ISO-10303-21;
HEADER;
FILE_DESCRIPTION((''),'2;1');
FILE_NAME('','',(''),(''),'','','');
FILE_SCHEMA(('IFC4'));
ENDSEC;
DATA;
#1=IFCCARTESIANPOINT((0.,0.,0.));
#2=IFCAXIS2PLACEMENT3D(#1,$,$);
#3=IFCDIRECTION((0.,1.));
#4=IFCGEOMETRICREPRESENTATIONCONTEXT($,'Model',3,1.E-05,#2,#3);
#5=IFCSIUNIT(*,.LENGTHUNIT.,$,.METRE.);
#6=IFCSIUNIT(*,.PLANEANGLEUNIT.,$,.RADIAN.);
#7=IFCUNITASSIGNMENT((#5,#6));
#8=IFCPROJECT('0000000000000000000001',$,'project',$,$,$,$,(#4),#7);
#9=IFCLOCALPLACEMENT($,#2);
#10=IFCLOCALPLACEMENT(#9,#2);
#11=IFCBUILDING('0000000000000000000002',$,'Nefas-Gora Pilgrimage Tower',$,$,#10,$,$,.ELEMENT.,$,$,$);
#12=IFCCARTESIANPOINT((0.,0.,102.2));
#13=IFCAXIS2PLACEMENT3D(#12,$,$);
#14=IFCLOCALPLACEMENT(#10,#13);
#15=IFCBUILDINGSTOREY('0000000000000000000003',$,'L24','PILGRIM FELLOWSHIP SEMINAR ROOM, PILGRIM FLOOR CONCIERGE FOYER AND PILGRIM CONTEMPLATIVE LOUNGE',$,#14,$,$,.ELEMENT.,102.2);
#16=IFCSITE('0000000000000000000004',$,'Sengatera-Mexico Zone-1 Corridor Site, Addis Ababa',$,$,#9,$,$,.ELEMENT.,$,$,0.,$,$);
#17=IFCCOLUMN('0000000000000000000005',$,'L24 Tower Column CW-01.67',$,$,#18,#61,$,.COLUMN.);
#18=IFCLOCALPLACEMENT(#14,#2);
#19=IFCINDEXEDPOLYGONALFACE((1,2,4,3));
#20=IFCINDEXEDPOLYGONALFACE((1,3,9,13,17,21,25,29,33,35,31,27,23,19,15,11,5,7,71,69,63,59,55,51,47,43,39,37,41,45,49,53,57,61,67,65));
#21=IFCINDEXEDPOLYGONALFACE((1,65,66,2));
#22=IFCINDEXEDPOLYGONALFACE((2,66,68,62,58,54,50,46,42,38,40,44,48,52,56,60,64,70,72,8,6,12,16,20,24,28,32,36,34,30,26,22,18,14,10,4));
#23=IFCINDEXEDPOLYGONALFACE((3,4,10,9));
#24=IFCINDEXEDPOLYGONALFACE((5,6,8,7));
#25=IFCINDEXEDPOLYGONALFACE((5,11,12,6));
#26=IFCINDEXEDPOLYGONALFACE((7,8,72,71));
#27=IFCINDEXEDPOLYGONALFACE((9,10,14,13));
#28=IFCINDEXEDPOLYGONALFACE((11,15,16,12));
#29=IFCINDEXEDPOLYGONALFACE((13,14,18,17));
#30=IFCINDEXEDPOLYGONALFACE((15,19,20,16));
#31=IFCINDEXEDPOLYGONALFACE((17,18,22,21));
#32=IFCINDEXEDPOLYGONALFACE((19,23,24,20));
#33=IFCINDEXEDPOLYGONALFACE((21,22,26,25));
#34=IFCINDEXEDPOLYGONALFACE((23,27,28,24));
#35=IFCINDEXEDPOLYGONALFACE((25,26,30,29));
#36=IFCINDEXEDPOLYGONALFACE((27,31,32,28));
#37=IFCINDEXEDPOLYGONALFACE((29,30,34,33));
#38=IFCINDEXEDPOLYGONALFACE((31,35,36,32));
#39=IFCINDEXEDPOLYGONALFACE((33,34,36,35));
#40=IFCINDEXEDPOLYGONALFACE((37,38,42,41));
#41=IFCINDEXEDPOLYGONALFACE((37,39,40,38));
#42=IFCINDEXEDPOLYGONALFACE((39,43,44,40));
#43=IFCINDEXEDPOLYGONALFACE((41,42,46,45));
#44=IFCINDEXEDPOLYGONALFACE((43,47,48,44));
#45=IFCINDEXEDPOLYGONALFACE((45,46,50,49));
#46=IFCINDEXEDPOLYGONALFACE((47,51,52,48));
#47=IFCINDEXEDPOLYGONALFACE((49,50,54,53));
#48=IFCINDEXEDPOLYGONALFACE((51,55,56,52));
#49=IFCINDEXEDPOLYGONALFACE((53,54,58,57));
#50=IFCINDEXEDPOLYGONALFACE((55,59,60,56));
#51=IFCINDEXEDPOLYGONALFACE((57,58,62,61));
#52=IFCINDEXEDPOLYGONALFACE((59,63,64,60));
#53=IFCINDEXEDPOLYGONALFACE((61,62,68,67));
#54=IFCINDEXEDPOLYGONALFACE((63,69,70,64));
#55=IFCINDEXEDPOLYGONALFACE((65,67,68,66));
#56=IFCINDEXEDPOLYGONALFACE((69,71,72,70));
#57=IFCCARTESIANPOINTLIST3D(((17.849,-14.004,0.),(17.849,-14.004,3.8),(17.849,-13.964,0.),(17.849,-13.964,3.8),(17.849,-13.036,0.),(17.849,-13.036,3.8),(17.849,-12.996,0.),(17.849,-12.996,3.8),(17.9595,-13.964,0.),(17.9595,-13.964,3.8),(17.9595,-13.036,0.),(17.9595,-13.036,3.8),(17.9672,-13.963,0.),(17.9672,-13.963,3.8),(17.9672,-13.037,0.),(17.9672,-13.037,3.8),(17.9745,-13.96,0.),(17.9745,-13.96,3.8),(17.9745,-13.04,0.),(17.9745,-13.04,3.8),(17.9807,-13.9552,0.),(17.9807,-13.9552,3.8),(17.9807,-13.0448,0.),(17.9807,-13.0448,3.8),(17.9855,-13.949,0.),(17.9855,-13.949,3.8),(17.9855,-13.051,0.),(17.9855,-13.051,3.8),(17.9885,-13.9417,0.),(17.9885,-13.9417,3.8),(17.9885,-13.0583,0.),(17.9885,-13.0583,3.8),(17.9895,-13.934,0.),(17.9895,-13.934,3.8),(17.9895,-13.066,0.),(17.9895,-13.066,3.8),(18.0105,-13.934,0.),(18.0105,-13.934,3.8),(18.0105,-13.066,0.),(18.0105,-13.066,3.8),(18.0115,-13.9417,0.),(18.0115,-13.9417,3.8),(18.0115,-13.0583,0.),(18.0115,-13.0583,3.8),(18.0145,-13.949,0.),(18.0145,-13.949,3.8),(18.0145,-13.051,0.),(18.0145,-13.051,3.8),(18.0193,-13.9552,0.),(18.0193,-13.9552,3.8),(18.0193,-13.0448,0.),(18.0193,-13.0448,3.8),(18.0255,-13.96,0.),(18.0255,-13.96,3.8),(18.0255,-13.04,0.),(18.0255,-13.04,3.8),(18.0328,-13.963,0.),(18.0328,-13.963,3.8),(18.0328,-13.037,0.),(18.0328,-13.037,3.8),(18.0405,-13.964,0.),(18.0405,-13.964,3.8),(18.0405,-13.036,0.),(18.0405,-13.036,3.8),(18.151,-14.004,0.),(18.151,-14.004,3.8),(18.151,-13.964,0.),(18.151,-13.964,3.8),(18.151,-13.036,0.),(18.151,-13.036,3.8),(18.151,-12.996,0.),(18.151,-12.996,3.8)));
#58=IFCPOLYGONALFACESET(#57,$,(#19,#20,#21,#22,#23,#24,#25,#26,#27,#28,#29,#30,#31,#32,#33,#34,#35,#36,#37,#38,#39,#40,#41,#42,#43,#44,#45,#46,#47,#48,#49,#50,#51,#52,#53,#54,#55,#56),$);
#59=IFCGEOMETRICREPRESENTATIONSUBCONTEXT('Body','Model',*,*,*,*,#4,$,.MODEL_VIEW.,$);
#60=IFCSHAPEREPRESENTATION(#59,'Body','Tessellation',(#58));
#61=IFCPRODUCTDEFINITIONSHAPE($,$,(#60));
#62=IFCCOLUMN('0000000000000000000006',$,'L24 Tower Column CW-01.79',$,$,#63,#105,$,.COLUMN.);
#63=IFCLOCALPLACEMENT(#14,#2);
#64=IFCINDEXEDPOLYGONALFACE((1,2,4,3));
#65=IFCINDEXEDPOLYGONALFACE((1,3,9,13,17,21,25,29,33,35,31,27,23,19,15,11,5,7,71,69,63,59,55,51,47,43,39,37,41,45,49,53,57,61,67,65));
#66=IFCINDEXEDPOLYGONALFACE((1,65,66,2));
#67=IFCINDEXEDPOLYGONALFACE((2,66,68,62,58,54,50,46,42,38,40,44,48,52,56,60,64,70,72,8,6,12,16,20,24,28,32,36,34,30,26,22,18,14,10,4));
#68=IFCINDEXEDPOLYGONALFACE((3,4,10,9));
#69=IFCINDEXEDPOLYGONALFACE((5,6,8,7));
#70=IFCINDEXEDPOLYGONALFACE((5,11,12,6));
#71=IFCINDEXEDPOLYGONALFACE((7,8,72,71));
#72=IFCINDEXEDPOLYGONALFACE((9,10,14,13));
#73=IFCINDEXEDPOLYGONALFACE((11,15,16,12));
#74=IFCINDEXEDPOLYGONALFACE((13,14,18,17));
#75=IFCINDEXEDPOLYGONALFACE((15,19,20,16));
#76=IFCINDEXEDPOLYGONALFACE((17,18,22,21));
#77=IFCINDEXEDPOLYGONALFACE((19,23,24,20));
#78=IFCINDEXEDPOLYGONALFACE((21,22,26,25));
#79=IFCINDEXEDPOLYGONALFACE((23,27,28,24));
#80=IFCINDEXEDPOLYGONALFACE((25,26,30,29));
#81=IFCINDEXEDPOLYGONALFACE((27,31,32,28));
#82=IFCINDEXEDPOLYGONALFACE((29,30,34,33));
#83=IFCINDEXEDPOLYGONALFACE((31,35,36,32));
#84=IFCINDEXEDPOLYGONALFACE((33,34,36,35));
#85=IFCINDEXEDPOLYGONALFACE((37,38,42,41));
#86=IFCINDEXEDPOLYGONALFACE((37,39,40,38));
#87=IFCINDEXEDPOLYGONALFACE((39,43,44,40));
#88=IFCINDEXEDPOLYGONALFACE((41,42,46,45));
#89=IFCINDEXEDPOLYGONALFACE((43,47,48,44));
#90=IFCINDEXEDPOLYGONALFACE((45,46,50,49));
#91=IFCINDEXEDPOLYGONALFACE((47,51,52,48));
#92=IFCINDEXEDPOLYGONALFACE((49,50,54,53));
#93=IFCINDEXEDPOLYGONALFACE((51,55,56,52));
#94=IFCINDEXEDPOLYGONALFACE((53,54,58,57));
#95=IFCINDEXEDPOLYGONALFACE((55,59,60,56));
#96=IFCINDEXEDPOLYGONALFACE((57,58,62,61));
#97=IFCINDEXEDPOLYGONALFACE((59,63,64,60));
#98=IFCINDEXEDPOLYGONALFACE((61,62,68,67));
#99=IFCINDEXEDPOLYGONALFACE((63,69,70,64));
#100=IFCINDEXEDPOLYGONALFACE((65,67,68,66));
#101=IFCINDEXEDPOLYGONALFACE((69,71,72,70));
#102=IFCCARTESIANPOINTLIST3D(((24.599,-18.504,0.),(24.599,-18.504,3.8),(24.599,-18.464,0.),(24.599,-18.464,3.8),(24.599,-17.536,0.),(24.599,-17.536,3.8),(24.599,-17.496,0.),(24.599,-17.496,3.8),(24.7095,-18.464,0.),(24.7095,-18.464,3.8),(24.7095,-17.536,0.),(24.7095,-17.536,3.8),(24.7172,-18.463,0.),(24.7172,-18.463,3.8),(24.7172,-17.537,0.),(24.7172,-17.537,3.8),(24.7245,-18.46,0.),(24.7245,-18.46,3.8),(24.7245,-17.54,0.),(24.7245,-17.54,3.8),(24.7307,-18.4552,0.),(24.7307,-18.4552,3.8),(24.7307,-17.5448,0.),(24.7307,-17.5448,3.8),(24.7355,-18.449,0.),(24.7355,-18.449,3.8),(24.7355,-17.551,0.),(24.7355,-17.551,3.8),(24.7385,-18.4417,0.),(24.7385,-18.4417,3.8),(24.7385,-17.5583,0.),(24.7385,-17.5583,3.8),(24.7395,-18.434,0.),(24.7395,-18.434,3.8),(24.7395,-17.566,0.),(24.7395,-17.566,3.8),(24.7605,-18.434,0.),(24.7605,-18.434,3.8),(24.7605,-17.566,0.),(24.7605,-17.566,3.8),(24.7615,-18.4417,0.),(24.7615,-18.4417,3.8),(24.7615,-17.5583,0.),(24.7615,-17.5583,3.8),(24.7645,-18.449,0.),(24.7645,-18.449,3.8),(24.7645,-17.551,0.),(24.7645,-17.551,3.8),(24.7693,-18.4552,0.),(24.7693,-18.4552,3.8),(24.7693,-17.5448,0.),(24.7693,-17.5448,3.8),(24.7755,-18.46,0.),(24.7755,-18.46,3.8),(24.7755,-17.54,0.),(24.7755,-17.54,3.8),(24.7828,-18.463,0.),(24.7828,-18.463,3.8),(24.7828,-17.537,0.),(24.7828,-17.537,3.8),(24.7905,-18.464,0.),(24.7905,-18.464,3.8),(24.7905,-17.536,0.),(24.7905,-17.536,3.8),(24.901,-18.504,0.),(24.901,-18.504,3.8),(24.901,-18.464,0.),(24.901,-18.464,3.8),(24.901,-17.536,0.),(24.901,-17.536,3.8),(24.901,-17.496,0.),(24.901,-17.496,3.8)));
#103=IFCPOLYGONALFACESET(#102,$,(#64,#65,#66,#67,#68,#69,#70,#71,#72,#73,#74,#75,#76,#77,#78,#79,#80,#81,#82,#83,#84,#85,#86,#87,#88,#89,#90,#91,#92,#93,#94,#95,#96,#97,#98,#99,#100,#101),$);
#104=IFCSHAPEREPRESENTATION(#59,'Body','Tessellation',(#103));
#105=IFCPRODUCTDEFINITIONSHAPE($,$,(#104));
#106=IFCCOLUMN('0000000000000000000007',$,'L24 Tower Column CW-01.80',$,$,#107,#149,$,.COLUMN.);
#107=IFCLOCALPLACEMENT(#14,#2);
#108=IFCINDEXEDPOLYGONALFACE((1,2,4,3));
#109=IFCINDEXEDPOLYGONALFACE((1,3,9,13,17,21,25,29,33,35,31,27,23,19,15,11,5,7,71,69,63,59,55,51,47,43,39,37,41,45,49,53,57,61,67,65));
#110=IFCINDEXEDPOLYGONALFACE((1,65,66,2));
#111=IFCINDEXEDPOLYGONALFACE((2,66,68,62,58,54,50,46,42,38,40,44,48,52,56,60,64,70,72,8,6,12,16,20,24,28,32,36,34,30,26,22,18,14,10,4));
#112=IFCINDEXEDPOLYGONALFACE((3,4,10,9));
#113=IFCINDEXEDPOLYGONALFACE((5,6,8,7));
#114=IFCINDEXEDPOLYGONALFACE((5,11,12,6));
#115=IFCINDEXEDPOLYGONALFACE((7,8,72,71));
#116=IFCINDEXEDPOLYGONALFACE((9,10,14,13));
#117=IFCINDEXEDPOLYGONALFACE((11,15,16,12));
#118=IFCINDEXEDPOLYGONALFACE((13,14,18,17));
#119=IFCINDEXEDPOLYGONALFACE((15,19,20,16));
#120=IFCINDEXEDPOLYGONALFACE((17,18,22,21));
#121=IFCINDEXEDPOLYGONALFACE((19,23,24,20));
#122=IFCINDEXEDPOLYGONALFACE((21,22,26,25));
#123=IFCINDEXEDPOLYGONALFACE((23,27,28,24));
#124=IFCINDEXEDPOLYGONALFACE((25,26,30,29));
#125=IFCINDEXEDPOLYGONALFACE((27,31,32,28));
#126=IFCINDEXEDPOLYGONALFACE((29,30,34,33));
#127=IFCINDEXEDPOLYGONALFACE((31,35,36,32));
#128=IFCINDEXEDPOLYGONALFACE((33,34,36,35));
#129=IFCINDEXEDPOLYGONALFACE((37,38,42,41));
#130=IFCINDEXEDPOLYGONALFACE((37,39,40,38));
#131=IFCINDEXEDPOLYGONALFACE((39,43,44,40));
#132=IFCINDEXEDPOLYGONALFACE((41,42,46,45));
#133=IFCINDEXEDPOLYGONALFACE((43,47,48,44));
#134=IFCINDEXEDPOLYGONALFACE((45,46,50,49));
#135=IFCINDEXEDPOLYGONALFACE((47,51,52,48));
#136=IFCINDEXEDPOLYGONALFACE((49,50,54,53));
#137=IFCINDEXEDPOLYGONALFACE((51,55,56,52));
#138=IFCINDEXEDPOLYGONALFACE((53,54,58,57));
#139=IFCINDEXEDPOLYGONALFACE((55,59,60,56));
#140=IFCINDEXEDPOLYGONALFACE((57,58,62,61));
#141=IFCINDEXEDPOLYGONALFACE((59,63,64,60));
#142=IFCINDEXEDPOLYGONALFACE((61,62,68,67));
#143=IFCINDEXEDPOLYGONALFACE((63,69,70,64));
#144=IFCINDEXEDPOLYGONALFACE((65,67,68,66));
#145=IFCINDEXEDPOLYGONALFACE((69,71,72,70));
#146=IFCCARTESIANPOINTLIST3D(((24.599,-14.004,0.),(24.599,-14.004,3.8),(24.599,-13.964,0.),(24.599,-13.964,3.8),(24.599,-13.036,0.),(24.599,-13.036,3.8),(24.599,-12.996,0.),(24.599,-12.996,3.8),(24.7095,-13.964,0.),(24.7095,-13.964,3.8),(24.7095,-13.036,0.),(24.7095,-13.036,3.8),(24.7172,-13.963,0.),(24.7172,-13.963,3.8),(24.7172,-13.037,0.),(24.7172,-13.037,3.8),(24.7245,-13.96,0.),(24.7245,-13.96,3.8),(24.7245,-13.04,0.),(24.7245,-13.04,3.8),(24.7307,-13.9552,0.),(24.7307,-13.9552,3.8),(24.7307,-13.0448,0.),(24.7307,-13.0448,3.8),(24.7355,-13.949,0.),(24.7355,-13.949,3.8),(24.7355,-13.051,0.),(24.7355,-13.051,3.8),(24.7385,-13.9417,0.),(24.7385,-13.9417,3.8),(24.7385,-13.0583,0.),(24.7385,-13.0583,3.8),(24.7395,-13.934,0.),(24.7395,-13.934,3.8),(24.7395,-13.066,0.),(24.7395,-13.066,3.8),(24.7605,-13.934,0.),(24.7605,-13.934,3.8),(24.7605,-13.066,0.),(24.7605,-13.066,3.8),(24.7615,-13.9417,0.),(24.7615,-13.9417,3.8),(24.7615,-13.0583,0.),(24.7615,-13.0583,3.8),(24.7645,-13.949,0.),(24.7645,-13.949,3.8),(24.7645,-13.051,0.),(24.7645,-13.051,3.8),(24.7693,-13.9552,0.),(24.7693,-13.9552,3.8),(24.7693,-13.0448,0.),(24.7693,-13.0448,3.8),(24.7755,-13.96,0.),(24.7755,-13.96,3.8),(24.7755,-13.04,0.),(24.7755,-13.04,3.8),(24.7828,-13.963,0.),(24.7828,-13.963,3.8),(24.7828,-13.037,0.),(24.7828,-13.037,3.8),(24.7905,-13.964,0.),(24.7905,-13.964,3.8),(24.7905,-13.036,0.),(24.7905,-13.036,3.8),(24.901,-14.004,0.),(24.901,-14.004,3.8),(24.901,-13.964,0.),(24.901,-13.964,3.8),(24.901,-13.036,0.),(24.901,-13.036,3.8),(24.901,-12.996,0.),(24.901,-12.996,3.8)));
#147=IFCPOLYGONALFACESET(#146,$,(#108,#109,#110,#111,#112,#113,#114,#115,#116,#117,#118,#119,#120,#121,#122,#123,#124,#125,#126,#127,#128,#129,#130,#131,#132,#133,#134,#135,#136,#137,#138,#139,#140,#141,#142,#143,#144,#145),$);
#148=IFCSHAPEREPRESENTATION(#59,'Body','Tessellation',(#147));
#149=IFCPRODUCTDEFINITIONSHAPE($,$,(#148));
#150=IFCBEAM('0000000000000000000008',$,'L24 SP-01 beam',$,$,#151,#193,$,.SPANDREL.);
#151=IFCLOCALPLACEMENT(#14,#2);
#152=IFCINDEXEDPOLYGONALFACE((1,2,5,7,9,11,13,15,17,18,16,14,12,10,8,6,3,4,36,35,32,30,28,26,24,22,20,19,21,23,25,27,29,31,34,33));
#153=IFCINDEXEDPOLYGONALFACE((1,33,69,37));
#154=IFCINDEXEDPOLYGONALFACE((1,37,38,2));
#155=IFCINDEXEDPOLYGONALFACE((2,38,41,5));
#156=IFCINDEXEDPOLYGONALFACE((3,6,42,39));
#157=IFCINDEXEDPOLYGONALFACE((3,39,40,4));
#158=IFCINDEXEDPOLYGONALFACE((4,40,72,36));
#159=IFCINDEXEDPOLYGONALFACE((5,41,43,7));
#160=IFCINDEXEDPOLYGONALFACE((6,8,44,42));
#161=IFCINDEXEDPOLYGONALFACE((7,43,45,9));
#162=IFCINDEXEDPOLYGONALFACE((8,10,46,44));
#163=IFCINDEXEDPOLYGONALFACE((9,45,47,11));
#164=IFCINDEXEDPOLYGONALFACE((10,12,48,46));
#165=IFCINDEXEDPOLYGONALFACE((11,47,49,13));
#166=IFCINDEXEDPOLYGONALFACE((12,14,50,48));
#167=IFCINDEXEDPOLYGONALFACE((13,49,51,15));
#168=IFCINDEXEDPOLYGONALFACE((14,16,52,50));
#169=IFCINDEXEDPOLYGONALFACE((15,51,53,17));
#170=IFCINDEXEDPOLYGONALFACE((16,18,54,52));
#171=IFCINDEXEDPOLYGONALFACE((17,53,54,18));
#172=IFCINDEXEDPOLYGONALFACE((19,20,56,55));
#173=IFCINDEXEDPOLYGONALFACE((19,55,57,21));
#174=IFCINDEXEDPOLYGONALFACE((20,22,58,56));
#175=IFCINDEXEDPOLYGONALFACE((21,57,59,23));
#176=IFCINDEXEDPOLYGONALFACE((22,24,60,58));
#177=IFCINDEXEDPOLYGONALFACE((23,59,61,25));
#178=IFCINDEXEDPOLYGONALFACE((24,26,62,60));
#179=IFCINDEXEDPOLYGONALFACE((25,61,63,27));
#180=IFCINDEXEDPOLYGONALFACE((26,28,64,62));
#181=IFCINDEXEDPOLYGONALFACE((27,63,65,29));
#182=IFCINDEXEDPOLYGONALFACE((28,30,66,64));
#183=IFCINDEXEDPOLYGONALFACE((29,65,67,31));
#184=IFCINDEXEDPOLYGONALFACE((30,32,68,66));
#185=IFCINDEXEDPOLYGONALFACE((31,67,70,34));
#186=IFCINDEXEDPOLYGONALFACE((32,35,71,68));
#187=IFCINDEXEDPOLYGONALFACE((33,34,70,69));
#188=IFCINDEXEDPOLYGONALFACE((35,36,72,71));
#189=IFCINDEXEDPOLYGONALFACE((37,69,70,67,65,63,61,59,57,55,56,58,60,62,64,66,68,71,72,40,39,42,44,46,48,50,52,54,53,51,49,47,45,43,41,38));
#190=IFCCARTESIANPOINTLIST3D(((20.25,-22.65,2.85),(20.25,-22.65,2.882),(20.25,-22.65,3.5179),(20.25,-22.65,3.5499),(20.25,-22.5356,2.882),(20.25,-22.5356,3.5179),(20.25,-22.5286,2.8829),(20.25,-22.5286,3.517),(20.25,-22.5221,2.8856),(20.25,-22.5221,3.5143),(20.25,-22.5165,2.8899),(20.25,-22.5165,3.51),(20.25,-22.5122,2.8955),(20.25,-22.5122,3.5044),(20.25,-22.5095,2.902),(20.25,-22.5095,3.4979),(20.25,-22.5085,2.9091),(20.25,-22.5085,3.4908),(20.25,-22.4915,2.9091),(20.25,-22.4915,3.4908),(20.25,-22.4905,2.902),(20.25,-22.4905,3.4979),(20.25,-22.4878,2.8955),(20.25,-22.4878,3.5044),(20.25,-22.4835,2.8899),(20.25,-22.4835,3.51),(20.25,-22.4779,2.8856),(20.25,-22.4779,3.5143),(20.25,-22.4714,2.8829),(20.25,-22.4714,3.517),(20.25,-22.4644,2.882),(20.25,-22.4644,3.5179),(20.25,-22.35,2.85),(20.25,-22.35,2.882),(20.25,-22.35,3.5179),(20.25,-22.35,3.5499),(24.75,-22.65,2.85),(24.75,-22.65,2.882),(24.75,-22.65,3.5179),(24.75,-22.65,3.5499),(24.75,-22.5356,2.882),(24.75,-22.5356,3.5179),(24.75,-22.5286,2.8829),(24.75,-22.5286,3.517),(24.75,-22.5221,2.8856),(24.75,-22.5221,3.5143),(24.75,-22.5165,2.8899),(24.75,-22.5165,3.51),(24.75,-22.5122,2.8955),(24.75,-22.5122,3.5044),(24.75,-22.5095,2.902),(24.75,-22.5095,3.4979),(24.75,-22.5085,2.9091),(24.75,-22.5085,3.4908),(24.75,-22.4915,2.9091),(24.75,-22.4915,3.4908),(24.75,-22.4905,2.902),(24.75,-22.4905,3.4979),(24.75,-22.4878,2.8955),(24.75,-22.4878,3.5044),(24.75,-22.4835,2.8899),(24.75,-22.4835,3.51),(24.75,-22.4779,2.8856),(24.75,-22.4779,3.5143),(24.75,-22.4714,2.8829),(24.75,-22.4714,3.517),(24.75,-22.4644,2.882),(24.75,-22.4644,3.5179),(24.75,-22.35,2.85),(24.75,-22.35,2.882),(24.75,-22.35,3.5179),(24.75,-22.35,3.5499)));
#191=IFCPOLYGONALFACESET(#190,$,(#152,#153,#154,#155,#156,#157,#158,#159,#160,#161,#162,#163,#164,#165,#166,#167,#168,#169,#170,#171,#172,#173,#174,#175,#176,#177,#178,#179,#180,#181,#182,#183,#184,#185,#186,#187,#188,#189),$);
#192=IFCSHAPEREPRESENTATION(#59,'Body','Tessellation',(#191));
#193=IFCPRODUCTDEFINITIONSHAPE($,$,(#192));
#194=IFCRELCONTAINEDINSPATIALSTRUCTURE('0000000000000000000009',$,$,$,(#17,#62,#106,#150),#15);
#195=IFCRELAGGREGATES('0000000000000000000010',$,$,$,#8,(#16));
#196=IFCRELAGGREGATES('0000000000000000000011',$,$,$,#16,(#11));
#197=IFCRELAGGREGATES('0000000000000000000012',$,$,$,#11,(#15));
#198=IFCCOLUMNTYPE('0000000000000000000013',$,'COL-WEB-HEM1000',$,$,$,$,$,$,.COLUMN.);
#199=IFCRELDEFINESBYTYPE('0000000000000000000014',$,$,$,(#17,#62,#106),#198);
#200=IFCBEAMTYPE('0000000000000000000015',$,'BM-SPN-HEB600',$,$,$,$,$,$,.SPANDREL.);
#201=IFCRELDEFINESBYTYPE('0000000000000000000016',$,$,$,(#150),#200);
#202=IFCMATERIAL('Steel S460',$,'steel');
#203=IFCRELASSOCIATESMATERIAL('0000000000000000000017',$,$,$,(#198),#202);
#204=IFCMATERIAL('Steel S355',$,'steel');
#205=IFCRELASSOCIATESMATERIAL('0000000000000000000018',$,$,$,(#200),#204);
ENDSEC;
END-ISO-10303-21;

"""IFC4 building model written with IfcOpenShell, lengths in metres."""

from ifc_helpers import new_model, si_unit, direction, frame, origin, origin_2d, place, context, subcontext, project, spatial, i_section, extrude, source, transform, mapped, material, material_profile, profile_set, type_object, element, save


model = new_model("IFC4")

# Units and contexts
model_context = context("Model", 3, precision=1e-05, world=origin(), true_north=direction((0.0, 1.0)))
body_context = subcontext(model_context, "Body", "Model", "MODEL_VIEW")
ifc_project = project(units=[si_unit("LENGTHUNIT", "METRE"), si_unit("PLANEANGLEUNIT", "RADIAN")], contexts=[model_context])

# Site, building, storey
site_placement = place(None, origin())
site = spatial("IfcSite", under=ifc_project, at=site_placement, Name="Sengatera-Mexico Zone-1 Corridor Site, Addis Ababa", CompositionType="ELEMENT", RefElevation=0.0)
building_placement = place(site_placement, origin())
building = spatial("IfcBuilding", under=site, at=building_placement, Name="Nefas-Gora Pilgrimage Tower", CompositionType="ELEMENT")
storey_placement = place(building_placement, frame((0.0, 0.0, 102.2)))
storey = spatial("IfcBuildingStorey", under=building, at=storey_placement, Name="L24", Description="PILGRIM FELLOWSHIP SEMINAR ROOM, PILGRIM FLOOR CONCIERGE FOYER AND PILGRIM CONTEMPLATIVE LOUNGE", CompositionType="ELEMENT", Elevation=102.2)

# Columns
ifc_material_1 = material(Name="Steel S460", Category="steel")
ifc_material_profile_1 = material_profile(ifc_material_1, i_section(OverallWidth=0.302, OverallDepth=1.0081, WebThickness=0.021, FlangeThickness=0.04, FilletRadius=0.03, at=origin_2d()), Name="HEM 1000")
ifc_profile_set_1 = profile_set([ifc_material_profile_1], Name="Steel S460")
column_type_1 = type_object("IfcColumnType", Name="COL-WEB-HEM1000", PredefinedType="COLUMN", material=ifc_profile_set_1)
shared_shape_1 = source(origin(), body_context, "Body", "SweptSolid", [
    extrude(i_section(OverallWidth=0.302, OverallDepth=1.0081, WebThickness=0.021, FlangeThickness=0.04, FilletRadius=0.03, at=origin_2d()), origin(), (0.0, 0.0, 1.0), 3.8),
])
for number, where, z_axis, x_axis, name in (
    (1, (18.0, -13.5, 0.0), (0.0, 0.0, 1.0), (1.0, 0.0, 0.0), "L24 Tower Column CW-01.67"),
    (2, (24.75, -18.0, 0.0), (0.0, 0.0, 1.0), (1.0, 0.0, 0.0), "L24 Tower Column CW-01.79"),
    (3, (24.75, -13.5, 0.0), (0.0, 0.0, 1.0), (1.0, 0.0, 0.0), "L24 Tower Column CW-01.80"),
):
    element("IfcColumn", number, at=place(storey_placement, frame(where, z_axis=z_axis, x_axis=x_axis)), inside=storey, type_object=column_type_1, Name=name, PredefinedType="COLUMN", context=body_context, shape_type="MappedRepresentation", body=[
        mapped(shared_shape_1, transform((0.0, 0.0, 0.0), x_axis=(1.0, 0.0, 0.0), y_axis=(0.0, 1.0, 0.0), z_axis=(0.0, 0.0, 1.0), scale=1.0)),
    ])

# Beam
ifc_material_2 = material(Name="Steel S355", Category="steel")
ifc_material_profile_2 = material_profile(ifc_material_2, i_section(OverallWidth=0.3, OverallDepth=0.7, WebThickness=0.0171, FlangeThickness=0.032, FilletRadius=0.0271, at=origin_2d()), Name="HEB 700")
ifc_profile_set_2 = profile_set([ifc_material_profile_2], Name="Steel S355")
beam_type_1 = type_object("IfcBeamType", Name="BM-SPN-HEB600", PredefinedType="SPANDREL", material=ifc_profile_set_2)
shared_shape_2 = source(origin(), body_context, "Body", "SweptSolid", [
    extrude(i_section(OverallWidth=0.3, OverallDepth=0.7, WebThickness=0.0171, FlangeThickness=0.032, FilletRadius=0.0271, at=origin_2d()), origin(), (0.0, 0.0, 1.0), 4.5),
])
beam_1_placement = place(storey_placement, frame((20.25, -22.5, 3.2), z_axis=(1.0, 0.0, 0.0), x_axis=(0.0, 1.0, 0.0)))
element("IfcBeam", 4, at=beam_1_placement, inside=storey, type_object=beam_type_1, Name="L24 SP-01 beam", PredefinedType="SPANDREL", context=body_context, shape_type="MappedRepresentation", body=[
    mapped(shared_shape_2, transform((0.0, 0.0, 0.0), x_axis=(1.0, 0.0, 0.0), y_axis=(0.0, 1.0, 0.0), z_axis=(0.0, 0.0, 1.0), scale=1.0)),
])

save(model, "model.ifc")
